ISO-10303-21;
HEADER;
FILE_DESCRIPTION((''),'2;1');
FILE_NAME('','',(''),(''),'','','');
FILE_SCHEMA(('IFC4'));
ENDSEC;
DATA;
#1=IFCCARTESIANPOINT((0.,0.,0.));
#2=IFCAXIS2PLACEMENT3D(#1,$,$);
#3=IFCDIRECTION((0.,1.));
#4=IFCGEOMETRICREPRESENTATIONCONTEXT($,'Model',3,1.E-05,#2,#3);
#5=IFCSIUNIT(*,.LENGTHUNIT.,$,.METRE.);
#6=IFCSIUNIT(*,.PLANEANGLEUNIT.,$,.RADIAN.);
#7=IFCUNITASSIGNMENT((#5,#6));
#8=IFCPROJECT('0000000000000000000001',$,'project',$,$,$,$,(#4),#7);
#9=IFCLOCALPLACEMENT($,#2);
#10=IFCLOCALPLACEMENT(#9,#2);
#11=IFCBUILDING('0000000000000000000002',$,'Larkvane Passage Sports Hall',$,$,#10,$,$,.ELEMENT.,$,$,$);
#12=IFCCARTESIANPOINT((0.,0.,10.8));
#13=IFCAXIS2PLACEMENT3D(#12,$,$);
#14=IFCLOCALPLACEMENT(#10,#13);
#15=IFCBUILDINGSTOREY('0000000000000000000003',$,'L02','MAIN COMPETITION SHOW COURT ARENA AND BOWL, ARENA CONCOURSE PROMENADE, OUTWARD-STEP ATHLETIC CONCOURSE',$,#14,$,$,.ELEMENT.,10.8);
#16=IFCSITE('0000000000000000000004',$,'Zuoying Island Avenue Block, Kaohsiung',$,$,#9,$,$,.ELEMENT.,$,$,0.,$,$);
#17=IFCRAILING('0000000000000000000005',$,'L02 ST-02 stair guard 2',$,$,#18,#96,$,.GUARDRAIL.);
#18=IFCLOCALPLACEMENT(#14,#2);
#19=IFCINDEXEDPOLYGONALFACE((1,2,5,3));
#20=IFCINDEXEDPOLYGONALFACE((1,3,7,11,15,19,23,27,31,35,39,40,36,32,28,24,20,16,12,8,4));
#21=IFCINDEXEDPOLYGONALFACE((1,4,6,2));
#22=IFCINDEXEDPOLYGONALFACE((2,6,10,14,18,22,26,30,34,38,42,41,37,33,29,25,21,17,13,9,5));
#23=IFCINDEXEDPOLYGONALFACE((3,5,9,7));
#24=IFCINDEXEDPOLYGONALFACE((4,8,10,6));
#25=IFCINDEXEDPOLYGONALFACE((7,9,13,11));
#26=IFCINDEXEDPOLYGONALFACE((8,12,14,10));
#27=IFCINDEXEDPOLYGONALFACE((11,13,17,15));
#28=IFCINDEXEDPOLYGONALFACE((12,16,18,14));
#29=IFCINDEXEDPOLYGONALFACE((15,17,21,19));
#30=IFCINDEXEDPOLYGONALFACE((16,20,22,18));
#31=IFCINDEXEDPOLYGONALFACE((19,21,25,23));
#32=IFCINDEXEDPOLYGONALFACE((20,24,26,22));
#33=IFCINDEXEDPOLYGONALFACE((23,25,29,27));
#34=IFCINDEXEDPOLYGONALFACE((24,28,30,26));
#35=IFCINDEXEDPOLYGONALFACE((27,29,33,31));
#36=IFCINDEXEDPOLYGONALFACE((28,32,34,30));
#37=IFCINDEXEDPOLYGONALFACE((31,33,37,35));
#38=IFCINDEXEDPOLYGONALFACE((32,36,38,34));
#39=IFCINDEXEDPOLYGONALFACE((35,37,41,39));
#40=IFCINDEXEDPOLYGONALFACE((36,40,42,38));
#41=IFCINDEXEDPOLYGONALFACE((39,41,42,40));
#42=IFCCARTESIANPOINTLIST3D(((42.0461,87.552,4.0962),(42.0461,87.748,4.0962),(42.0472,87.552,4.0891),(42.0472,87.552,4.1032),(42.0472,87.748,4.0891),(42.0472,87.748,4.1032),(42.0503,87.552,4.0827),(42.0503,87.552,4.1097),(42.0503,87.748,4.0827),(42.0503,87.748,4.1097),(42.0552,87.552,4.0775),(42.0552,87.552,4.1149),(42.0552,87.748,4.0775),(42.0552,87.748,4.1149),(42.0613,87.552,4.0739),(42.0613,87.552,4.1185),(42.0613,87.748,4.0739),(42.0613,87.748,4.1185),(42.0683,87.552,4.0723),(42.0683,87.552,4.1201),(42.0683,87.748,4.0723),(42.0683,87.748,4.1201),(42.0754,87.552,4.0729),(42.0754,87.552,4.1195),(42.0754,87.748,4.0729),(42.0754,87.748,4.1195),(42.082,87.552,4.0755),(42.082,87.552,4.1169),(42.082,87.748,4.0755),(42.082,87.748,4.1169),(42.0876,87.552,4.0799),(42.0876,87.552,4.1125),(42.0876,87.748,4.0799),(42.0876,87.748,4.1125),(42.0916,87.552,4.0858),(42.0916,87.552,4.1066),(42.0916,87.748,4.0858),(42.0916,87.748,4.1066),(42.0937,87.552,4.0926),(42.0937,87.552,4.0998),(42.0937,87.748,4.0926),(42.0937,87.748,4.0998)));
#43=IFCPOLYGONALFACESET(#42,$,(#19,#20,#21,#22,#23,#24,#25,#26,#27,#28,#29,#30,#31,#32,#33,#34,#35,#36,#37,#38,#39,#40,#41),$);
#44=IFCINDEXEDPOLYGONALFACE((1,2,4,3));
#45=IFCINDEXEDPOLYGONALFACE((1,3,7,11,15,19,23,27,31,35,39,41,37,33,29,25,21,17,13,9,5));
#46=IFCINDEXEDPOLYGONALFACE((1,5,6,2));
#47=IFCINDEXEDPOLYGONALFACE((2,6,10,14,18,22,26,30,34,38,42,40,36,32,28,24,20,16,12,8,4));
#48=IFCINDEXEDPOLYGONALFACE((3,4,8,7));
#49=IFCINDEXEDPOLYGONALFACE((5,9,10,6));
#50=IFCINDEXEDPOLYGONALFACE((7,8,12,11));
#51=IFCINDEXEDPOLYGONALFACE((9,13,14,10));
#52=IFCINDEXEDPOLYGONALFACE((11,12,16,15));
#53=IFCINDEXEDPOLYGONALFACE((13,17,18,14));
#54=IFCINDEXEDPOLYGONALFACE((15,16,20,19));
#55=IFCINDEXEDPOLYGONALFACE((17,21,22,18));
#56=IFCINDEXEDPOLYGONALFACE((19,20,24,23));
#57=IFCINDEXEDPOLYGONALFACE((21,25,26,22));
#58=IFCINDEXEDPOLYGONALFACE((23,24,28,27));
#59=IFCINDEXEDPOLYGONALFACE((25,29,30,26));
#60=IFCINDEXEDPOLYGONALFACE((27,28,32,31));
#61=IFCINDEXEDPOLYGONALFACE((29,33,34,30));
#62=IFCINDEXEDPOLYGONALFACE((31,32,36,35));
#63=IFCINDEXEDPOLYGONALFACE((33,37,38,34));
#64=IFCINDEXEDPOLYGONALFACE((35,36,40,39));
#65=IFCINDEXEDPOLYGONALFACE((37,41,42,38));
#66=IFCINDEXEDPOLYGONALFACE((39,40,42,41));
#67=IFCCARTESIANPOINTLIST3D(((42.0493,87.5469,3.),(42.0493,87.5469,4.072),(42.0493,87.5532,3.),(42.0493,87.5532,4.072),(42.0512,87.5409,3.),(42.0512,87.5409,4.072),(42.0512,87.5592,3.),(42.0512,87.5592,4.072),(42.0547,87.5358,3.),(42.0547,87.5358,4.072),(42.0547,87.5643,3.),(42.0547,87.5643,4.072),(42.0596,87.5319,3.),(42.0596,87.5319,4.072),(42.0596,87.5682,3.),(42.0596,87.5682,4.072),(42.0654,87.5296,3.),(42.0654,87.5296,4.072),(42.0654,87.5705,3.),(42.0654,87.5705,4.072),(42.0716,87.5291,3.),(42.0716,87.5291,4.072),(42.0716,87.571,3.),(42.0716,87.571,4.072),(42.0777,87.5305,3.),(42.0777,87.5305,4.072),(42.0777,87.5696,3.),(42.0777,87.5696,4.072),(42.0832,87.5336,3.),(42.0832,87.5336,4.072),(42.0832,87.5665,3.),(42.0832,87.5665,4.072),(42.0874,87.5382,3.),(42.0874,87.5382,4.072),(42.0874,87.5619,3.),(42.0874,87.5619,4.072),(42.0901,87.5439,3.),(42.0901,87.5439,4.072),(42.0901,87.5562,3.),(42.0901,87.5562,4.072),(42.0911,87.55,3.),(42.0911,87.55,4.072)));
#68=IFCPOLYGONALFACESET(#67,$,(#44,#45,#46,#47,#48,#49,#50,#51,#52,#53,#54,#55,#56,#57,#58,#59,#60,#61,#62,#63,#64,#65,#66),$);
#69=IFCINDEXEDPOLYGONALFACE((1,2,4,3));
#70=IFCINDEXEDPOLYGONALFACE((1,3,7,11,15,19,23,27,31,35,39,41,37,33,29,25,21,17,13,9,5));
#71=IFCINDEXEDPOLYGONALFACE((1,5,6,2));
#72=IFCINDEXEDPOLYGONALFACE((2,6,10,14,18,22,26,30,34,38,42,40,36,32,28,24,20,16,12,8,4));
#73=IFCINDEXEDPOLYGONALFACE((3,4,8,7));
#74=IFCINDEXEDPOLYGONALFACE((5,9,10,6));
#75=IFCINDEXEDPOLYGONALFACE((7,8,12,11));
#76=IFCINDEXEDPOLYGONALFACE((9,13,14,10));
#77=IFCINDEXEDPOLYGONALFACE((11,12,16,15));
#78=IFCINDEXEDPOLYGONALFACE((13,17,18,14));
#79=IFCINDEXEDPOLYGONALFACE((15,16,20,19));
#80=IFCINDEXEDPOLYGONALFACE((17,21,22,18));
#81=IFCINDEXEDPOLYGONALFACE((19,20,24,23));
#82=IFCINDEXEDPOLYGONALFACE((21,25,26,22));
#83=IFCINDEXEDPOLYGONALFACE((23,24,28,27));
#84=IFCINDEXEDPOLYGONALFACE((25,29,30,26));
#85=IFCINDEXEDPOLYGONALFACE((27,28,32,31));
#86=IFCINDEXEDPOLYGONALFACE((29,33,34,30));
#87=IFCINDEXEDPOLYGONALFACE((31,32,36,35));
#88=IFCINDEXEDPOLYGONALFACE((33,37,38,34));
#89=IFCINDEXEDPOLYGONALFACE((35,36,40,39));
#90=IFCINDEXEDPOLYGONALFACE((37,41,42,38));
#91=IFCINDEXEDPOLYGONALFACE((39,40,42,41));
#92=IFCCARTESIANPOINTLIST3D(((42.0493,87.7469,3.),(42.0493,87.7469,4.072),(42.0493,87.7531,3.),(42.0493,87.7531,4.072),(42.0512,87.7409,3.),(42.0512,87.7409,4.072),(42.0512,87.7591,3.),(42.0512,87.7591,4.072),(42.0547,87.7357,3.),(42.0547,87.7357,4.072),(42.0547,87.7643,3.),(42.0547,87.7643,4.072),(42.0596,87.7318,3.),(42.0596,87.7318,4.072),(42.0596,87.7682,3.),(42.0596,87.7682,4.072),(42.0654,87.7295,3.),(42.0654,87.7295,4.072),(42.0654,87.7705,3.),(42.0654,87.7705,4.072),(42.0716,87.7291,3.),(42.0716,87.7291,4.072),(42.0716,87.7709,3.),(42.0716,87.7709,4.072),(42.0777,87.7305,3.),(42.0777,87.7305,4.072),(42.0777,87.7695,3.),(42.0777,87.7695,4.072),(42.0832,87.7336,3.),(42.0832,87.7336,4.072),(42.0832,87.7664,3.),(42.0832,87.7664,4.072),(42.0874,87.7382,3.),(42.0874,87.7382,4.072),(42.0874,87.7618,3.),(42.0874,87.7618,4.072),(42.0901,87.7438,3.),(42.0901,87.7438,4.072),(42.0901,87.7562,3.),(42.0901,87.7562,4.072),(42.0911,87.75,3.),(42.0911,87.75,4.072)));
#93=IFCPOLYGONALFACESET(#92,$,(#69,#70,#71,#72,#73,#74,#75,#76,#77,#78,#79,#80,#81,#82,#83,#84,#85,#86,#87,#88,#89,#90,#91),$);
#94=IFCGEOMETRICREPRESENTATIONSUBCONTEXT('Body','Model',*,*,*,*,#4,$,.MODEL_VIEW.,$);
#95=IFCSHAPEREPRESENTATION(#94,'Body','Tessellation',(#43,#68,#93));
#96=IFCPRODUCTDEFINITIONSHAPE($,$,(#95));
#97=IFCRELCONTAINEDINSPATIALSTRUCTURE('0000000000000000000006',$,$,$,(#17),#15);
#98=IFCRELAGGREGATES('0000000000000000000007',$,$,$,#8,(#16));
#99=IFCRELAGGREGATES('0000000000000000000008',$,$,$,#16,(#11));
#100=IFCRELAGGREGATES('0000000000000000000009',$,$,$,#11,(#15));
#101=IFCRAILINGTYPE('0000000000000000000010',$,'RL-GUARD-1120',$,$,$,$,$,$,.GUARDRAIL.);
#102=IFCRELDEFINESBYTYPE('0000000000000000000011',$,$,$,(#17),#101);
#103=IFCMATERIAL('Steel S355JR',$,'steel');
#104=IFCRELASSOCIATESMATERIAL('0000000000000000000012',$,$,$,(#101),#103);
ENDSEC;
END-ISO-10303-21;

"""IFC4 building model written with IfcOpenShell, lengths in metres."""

from ifc_helpers import new_model, si_unit, direction, frame, origin, origin_2d, place, context, subcontext, project, spatial, circle, extrude, material, type_object, element, save


model = new_model("IFC4")

# Units and contexts
model_context = context("Model", 3, precision=1e-05, world=origin(), true_north=direction((0.0, 1.0)))
body_context = subcontext(model_context, "Body", "Model", "MODEL_VIEW")
ifc_project = project(units=[si_unit("LENGTHUNIT", "METRE"), si_unit("PLANEANGLEUNIT", "RADIAN")], contexts=[model_context])

# Site, building, storey
site_placement = place(None, origin())
site = spatial("IfcSite", under=ifc_project, at=site_placement, Name="Zuoying Island Avenue Block, Kaohsiung", CompositionType="ELEMENT", RefElevation=0.0)
building_placement = place(site_placement, origin())
building = spatial("IfcBuilding", under=site, at=building_placement, Name="Larkvane Passage Sports Hall", CompositionType="ELEMENT")
storey_placement = place(building_placement, frame((0.0, 0.0, 10.8)))
storey = spatial("IfcBuildingStorey", under=building, at=storey_placement, Name="L02", Description="MAIN COMPETITION SHOW COURT ARENA AND BOWL, ARENA CONCOURSE PROMENADE, OUTWARD-STEP ATHLETIC CONCOURSE", CompositionType="ELEMENT", Elevation=10.8)

# Shared definitions
ifc_material_1 = material(Name="Steel S355JR", Category="steel")

# Railing
railing_type_1 = type_object("IfcRailingType", Name="RL-GUARD-1120", PredefinedType="GUARDRAIL", material=ifc_material_1)
railing_1_placement = place(storey_placement, frame((42.0701, 87.55, 3.0)))
element("IfcRailing", 1, at=railing_1_placement, inside=storey, type_object=railing_type_1, Name="L02 ST-02 stair guard 2", PredefinedType="GUARDRAIL", context=body_context, shape_type="SweptSolid", body=[
    extrude(circle(Radius=0.0239, at=origin_2d()), frame((0.0, 0.002, 1.0962), z_axis=(0.0, 1.0, 0.0), x_axis=(-1.0, 0.0, 0.0)), (0.0, 0.0, 1.0), 0.196),
    extrude(circle(Radius=0.021, at=origin_2d()), origin(), (0.0, 0.0, 1.0), 1.072),
    extrude(circle(Radius=0.021, at=origin_2d()), frame((0.0, 0.2, 0.0)), (0.0, 0.0, 1.0), 1.072),
])

save(model, "model.ifc")
